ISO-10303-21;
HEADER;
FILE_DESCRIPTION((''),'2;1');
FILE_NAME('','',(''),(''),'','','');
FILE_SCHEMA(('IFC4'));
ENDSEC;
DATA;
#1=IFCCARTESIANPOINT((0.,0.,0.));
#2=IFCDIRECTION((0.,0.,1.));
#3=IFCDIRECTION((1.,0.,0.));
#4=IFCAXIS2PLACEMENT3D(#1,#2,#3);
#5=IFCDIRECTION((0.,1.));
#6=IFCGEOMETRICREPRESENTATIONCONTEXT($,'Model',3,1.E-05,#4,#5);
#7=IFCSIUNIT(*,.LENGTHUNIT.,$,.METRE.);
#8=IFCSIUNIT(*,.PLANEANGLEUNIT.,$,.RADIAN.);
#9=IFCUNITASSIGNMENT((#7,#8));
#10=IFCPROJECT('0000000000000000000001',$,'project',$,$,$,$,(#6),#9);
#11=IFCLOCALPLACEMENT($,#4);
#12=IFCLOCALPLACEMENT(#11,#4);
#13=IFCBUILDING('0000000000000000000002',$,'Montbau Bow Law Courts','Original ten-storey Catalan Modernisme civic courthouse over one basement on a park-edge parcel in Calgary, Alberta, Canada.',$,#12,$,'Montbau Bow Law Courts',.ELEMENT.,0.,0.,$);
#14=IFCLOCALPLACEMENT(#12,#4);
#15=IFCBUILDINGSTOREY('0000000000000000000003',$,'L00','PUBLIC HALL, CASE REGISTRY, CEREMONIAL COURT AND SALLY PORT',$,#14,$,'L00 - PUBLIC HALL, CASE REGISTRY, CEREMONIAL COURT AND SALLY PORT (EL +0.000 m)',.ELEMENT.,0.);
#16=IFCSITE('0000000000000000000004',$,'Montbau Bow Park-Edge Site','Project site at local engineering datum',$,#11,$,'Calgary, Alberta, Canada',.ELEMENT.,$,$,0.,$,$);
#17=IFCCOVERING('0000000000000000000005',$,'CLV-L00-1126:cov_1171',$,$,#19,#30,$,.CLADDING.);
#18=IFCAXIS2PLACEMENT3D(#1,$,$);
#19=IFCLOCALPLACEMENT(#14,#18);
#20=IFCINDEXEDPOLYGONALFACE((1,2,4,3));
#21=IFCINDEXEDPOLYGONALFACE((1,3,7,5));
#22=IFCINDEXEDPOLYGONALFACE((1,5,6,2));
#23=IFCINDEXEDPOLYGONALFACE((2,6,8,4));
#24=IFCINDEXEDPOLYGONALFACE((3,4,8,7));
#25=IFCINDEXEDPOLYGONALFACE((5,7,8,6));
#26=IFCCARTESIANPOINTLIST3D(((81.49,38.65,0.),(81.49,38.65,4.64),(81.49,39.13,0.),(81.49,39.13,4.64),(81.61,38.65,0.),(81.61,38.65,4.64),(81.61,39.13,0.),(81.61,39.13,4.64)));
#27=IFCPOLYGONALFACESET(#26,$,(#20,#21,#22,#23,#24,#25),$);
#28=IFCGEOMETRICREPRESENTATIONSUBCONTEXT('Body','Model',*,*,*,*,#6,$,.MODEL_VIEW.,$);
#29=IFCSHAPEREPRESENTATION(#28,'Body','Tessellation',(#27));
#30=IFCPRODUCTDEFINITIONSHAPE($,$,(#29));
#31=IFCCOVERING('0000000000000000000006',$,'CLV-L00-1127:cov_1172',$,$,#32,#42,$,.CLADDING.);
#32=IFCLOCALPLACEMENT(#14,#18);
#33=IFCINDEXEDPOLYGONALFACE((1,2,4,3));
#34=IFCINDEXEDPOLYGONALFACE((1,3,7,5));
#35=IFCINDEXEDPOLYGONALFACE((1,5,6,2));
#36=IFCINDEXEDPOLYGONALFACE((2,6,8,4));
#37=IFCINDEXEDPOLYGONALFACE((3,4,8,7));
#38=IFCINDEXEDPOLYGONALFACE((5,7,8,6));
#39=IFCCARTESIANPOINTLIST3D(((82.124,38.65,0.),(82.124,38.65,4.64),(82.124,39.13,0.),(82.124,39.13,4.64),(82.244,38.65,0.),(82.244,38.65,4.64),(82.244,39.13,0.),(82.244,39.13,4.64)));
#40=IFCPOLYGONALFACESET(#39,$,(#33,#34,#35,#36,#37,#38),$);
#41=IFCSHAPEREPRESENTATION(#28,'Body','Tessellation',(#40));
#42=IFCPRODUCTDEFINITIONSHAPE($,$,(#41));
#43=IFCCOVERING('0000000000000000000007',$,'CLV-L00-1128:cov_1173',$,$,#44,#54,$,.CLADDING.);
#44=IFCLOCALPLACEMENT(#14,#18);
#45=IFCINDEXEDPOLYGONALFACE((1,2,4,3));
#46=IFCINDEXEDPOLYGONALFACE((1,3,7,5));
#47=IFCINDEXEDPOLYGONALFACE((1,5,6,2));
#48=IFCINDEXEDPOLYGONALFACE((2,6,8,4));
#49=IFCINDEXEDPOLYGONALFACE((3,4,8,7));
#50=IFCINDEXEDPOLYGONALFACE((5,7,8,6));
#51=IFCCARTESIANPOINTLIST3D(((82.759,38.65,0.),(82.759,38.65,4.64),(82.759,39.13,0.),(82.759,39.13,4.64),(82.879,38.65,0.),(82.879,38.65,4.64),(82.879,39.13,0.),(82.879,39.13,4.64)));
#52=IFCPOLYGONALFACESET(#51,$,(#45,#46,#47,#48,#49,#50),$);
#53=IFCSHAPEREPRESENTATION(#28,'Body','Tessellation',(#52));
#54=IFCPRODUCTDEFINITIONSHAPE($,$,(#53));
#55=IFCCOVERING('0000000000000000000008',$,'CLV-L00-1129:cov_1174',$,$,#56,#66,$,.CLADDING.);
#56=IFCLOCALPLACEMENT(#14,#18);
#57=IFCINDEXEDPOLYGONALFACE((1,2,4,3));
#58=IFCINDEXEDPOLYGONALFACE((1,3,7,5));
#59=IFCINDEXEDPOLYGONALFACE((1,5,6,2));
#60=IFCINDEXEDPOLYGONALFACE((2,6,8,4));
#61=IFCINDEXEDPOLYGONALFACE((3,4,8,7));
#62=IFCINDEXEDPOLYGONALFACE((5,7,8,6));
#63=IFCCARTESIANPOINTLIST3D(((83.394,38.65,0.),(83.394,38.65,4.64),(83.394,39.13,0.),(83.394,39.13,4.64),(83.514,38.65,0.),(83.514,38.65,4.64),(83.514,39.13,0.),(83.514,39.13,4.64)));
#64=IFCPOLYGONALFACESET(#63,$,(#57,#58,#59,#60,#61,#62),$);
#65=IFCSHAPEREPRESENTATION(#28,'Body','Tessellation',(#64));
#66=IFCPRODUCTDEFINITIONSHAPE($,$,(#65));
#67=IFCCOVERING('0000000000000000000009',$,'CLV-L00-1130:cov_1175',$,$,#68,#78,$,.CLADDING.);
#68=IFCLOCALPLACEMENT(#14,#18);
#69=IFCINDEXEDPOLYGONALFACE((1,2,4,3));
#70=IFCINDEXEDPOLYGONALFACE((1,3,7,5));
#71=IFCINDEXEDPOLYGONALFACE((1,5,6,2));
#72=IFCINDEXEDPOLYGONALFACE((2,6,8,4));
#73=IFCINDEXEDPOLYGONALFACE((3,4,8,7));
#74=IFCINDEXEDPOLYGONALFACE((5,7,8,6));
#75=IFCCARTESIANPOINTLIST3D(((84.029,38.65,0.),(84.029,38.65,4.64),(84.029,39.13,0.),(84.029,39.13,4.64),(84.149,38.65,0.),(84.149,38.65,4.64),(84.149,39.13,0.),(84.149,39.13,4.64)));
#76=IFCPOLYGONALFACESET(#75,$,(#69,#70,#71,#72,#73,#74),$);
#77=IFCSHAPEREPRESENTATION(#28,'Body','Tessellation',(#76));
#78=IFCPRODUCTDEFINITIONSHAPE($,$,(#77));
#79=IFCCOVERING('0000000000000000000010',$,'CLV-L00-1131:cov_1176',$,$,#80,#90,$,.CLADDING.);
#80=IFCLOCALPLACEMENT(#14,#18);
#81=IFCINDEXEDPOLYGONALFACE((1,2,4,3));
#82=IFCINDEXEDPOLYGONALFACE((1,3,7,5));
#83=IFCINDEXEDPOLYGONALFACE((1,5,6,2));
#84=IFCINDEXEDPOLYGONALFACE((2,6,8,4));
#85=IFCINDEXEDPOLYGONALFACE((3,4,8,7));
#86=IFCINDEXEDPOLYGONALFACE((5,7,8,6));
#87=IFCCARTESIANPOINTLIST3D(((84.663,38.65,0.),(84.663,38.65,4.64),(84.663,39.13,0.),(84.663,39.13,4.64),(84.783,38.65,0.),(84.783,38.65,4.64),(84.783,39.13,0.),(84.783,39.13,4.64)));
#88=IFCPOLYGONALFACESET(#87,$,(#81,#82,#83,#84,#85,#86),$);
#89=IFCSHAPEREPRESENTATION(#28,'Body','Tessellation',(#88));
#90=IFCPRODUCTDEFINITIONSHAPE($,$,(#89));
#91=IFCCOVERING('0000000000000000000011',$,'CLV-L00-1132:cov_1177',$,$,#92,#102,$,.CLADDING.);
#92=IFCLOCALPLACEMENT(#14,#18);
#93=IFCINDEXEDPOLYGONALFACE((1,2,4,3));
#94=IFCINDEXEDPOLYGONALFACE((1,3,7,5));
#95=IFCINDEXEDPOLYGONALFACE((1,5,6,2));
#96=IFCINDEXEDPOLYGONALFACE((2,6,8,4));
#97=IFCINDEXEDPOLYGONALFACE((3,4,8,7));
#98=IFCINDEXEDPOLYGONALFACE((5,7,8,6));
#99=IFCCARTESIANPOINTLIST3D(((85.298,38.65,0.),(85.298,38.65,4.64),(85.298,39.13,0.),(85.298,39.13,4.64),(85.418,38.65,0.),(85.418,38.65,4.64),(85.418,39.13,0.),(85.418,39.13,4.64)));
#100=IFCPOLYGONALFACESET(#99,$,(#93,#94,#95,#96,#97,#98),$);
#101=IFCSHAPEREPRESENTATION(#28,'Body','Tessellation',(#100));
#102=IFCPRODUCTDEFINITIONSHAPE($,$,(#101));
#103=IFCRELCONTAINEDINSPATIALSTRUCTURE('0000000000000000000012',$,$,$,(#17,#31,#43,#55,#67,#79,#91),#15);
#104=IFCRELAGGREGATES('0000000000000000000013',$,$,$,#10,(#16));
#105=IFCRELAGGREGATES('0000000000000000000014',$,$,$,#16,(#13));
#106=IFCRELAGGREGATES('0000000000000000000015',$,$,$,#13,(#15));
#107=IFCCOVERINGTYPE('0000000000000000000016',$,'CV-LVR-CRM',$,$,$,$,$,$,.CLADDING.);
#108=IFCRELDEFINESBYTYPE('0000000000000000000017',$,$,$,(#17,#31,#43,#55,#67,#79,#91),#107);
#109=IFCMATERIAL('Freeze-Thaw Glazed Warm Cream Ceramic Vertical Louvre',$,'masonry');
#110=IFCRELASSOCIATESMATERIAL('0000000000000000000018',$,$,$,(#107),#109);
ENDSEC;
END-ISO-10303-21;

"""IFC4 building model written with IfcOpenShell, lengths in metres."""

from ifc_helpers import new_model, si_unit, direction, frame, frame_2d, origin_with_axes, place, context, subcontext, project, spatial, rectangle, extrude, material, type_object, element, save


model = new_model("IFC4")

# Units and contexts
model_context = context("Model", 3, precision=1e-05, world=origin_with_axes(), true_north=direction((0.0, 1.0)))
body_context = subcontext(model_context, "Body", "Model", "MODEL_VIEW")
ifc_project = project(units=[si_unit("LENGTHUNIT", "METRE"), si_unit("PLANEANGLEUNIT", "RADIAN")], contexts=[model_context])

# Site, building, storey
site_placement = place(None, origin_with_axes())
site = spatial("IfcSite", under=ifc_project, at=site_placement, Name="Montbau Bow Park-Edge Site", Description="Project site at local engineering datum", LongName="Calgary, Alberta, Canada", CompositionType="ELEMENT", RefElevation=0.0)
building_placement = place(site_placement, origin_with_axes())
building = spatial("IfcBuilding", under=site, at=building_placement, Name="Montbau Bow Law Courts", Description="Original ten-storey Catalan Modernisme civic courthouse over one basement on a park-edge parcel in Calgary, Alberta, Canada.", LongName="Montbau Bow Law Courts", CompositionType="ELEMENT", ElevationOfRefHeight=0.0, ElevationOfTerrain=0.0)
storey_placement = place(building_placement, origin_with_axes())
storey = spatial("IfcBuildingStorey", under=building, at=storey_placement, Name="L00", Description="PUBLIC HALL, CASE REGISTRY, CEREMONIAL COURT AND SALLY PORT", LongName="L00 - PUBLIC HALL, CASE REGISTRY, CEREMONIAL COURT AND SALLY PORT (EL +0.000 m)", CompositionType="ELEMENT", Elevation=0.0)

# Coverings
ifc_material_1 = material(Name="Freeze-Thaw Glazed Warm Cream Ceramic Vertical Louvre", Category="masonry")
covering_type = type_object("IfcCoveringType", Name="CV-LVR-CRM", PredefinedType="CLADDING", material=ifc_material_1)
for number, where, z_axis, x_axis, name in (
    (1, (81.55, 39.13, 0.0), (-1.0, 0.0, 0.0), (0.0, -1.0, 0.0), "CLV-L00-1126:cov_1171"),
    (2, (82.184, 39.13, 0.0), (-1.0, 0.0, 0.0), (0.0, -1.0, 0.0), "CLV-L00-1127:cov_1172"),
    (3, (82.819, 39.13, 0.0), (-1.0, 0.0, 0.0), (0.0, -1.0, 0.0), "CLV-L00-1128:cov_1173"),
    (4, (83.454, 39.13, 0.0), (-1.0, 0.0, 0.0), (0.0, -1.0, 0.0), "CLV-L00-1129:cov_1174"),
    (5, (84.089, 39.13, 0.0), (-1.0, 0.0, 0.0), (0.0, -1.0, 0.0), "CLV-L00-1130:cov_1175"),
    (6, (84.723, 39.13, 0.0), (-1.0, 0.0, 0.0), (0.0, -1.0, 0.0), "CLV-L00-1131:cov_1176"),
    (7, (85.358, 39.13, 0.0), (-1.0, 0.0, 0.0), (0.0, -1.0, 0.0), "CLV-L00-1132:cov_1177"),
):
    element("IfcCovering", number, at=place(None, frame(where, z_axis=z_axis, x_axis=x_axis)), inside=storey, type_object=covering_type, Name=name, PredefinedType="CLADDING", context=body_context, shape_type="SweptSolid", body=[
        extrude(rectangle(XDim=0.48, YDim=4.64, at=frame_2d((0.24, 2.32), x_axis=(1.0, 0.0))), frame((0.0, 0.0, -0.06), z_axis=(0.0, 0.0, 1.0), x_axis=(1.0, 0.0, 0.0)), (0.0, 0.0, 1.0), 0.12),
    ])

save(model, "model.ifc")
